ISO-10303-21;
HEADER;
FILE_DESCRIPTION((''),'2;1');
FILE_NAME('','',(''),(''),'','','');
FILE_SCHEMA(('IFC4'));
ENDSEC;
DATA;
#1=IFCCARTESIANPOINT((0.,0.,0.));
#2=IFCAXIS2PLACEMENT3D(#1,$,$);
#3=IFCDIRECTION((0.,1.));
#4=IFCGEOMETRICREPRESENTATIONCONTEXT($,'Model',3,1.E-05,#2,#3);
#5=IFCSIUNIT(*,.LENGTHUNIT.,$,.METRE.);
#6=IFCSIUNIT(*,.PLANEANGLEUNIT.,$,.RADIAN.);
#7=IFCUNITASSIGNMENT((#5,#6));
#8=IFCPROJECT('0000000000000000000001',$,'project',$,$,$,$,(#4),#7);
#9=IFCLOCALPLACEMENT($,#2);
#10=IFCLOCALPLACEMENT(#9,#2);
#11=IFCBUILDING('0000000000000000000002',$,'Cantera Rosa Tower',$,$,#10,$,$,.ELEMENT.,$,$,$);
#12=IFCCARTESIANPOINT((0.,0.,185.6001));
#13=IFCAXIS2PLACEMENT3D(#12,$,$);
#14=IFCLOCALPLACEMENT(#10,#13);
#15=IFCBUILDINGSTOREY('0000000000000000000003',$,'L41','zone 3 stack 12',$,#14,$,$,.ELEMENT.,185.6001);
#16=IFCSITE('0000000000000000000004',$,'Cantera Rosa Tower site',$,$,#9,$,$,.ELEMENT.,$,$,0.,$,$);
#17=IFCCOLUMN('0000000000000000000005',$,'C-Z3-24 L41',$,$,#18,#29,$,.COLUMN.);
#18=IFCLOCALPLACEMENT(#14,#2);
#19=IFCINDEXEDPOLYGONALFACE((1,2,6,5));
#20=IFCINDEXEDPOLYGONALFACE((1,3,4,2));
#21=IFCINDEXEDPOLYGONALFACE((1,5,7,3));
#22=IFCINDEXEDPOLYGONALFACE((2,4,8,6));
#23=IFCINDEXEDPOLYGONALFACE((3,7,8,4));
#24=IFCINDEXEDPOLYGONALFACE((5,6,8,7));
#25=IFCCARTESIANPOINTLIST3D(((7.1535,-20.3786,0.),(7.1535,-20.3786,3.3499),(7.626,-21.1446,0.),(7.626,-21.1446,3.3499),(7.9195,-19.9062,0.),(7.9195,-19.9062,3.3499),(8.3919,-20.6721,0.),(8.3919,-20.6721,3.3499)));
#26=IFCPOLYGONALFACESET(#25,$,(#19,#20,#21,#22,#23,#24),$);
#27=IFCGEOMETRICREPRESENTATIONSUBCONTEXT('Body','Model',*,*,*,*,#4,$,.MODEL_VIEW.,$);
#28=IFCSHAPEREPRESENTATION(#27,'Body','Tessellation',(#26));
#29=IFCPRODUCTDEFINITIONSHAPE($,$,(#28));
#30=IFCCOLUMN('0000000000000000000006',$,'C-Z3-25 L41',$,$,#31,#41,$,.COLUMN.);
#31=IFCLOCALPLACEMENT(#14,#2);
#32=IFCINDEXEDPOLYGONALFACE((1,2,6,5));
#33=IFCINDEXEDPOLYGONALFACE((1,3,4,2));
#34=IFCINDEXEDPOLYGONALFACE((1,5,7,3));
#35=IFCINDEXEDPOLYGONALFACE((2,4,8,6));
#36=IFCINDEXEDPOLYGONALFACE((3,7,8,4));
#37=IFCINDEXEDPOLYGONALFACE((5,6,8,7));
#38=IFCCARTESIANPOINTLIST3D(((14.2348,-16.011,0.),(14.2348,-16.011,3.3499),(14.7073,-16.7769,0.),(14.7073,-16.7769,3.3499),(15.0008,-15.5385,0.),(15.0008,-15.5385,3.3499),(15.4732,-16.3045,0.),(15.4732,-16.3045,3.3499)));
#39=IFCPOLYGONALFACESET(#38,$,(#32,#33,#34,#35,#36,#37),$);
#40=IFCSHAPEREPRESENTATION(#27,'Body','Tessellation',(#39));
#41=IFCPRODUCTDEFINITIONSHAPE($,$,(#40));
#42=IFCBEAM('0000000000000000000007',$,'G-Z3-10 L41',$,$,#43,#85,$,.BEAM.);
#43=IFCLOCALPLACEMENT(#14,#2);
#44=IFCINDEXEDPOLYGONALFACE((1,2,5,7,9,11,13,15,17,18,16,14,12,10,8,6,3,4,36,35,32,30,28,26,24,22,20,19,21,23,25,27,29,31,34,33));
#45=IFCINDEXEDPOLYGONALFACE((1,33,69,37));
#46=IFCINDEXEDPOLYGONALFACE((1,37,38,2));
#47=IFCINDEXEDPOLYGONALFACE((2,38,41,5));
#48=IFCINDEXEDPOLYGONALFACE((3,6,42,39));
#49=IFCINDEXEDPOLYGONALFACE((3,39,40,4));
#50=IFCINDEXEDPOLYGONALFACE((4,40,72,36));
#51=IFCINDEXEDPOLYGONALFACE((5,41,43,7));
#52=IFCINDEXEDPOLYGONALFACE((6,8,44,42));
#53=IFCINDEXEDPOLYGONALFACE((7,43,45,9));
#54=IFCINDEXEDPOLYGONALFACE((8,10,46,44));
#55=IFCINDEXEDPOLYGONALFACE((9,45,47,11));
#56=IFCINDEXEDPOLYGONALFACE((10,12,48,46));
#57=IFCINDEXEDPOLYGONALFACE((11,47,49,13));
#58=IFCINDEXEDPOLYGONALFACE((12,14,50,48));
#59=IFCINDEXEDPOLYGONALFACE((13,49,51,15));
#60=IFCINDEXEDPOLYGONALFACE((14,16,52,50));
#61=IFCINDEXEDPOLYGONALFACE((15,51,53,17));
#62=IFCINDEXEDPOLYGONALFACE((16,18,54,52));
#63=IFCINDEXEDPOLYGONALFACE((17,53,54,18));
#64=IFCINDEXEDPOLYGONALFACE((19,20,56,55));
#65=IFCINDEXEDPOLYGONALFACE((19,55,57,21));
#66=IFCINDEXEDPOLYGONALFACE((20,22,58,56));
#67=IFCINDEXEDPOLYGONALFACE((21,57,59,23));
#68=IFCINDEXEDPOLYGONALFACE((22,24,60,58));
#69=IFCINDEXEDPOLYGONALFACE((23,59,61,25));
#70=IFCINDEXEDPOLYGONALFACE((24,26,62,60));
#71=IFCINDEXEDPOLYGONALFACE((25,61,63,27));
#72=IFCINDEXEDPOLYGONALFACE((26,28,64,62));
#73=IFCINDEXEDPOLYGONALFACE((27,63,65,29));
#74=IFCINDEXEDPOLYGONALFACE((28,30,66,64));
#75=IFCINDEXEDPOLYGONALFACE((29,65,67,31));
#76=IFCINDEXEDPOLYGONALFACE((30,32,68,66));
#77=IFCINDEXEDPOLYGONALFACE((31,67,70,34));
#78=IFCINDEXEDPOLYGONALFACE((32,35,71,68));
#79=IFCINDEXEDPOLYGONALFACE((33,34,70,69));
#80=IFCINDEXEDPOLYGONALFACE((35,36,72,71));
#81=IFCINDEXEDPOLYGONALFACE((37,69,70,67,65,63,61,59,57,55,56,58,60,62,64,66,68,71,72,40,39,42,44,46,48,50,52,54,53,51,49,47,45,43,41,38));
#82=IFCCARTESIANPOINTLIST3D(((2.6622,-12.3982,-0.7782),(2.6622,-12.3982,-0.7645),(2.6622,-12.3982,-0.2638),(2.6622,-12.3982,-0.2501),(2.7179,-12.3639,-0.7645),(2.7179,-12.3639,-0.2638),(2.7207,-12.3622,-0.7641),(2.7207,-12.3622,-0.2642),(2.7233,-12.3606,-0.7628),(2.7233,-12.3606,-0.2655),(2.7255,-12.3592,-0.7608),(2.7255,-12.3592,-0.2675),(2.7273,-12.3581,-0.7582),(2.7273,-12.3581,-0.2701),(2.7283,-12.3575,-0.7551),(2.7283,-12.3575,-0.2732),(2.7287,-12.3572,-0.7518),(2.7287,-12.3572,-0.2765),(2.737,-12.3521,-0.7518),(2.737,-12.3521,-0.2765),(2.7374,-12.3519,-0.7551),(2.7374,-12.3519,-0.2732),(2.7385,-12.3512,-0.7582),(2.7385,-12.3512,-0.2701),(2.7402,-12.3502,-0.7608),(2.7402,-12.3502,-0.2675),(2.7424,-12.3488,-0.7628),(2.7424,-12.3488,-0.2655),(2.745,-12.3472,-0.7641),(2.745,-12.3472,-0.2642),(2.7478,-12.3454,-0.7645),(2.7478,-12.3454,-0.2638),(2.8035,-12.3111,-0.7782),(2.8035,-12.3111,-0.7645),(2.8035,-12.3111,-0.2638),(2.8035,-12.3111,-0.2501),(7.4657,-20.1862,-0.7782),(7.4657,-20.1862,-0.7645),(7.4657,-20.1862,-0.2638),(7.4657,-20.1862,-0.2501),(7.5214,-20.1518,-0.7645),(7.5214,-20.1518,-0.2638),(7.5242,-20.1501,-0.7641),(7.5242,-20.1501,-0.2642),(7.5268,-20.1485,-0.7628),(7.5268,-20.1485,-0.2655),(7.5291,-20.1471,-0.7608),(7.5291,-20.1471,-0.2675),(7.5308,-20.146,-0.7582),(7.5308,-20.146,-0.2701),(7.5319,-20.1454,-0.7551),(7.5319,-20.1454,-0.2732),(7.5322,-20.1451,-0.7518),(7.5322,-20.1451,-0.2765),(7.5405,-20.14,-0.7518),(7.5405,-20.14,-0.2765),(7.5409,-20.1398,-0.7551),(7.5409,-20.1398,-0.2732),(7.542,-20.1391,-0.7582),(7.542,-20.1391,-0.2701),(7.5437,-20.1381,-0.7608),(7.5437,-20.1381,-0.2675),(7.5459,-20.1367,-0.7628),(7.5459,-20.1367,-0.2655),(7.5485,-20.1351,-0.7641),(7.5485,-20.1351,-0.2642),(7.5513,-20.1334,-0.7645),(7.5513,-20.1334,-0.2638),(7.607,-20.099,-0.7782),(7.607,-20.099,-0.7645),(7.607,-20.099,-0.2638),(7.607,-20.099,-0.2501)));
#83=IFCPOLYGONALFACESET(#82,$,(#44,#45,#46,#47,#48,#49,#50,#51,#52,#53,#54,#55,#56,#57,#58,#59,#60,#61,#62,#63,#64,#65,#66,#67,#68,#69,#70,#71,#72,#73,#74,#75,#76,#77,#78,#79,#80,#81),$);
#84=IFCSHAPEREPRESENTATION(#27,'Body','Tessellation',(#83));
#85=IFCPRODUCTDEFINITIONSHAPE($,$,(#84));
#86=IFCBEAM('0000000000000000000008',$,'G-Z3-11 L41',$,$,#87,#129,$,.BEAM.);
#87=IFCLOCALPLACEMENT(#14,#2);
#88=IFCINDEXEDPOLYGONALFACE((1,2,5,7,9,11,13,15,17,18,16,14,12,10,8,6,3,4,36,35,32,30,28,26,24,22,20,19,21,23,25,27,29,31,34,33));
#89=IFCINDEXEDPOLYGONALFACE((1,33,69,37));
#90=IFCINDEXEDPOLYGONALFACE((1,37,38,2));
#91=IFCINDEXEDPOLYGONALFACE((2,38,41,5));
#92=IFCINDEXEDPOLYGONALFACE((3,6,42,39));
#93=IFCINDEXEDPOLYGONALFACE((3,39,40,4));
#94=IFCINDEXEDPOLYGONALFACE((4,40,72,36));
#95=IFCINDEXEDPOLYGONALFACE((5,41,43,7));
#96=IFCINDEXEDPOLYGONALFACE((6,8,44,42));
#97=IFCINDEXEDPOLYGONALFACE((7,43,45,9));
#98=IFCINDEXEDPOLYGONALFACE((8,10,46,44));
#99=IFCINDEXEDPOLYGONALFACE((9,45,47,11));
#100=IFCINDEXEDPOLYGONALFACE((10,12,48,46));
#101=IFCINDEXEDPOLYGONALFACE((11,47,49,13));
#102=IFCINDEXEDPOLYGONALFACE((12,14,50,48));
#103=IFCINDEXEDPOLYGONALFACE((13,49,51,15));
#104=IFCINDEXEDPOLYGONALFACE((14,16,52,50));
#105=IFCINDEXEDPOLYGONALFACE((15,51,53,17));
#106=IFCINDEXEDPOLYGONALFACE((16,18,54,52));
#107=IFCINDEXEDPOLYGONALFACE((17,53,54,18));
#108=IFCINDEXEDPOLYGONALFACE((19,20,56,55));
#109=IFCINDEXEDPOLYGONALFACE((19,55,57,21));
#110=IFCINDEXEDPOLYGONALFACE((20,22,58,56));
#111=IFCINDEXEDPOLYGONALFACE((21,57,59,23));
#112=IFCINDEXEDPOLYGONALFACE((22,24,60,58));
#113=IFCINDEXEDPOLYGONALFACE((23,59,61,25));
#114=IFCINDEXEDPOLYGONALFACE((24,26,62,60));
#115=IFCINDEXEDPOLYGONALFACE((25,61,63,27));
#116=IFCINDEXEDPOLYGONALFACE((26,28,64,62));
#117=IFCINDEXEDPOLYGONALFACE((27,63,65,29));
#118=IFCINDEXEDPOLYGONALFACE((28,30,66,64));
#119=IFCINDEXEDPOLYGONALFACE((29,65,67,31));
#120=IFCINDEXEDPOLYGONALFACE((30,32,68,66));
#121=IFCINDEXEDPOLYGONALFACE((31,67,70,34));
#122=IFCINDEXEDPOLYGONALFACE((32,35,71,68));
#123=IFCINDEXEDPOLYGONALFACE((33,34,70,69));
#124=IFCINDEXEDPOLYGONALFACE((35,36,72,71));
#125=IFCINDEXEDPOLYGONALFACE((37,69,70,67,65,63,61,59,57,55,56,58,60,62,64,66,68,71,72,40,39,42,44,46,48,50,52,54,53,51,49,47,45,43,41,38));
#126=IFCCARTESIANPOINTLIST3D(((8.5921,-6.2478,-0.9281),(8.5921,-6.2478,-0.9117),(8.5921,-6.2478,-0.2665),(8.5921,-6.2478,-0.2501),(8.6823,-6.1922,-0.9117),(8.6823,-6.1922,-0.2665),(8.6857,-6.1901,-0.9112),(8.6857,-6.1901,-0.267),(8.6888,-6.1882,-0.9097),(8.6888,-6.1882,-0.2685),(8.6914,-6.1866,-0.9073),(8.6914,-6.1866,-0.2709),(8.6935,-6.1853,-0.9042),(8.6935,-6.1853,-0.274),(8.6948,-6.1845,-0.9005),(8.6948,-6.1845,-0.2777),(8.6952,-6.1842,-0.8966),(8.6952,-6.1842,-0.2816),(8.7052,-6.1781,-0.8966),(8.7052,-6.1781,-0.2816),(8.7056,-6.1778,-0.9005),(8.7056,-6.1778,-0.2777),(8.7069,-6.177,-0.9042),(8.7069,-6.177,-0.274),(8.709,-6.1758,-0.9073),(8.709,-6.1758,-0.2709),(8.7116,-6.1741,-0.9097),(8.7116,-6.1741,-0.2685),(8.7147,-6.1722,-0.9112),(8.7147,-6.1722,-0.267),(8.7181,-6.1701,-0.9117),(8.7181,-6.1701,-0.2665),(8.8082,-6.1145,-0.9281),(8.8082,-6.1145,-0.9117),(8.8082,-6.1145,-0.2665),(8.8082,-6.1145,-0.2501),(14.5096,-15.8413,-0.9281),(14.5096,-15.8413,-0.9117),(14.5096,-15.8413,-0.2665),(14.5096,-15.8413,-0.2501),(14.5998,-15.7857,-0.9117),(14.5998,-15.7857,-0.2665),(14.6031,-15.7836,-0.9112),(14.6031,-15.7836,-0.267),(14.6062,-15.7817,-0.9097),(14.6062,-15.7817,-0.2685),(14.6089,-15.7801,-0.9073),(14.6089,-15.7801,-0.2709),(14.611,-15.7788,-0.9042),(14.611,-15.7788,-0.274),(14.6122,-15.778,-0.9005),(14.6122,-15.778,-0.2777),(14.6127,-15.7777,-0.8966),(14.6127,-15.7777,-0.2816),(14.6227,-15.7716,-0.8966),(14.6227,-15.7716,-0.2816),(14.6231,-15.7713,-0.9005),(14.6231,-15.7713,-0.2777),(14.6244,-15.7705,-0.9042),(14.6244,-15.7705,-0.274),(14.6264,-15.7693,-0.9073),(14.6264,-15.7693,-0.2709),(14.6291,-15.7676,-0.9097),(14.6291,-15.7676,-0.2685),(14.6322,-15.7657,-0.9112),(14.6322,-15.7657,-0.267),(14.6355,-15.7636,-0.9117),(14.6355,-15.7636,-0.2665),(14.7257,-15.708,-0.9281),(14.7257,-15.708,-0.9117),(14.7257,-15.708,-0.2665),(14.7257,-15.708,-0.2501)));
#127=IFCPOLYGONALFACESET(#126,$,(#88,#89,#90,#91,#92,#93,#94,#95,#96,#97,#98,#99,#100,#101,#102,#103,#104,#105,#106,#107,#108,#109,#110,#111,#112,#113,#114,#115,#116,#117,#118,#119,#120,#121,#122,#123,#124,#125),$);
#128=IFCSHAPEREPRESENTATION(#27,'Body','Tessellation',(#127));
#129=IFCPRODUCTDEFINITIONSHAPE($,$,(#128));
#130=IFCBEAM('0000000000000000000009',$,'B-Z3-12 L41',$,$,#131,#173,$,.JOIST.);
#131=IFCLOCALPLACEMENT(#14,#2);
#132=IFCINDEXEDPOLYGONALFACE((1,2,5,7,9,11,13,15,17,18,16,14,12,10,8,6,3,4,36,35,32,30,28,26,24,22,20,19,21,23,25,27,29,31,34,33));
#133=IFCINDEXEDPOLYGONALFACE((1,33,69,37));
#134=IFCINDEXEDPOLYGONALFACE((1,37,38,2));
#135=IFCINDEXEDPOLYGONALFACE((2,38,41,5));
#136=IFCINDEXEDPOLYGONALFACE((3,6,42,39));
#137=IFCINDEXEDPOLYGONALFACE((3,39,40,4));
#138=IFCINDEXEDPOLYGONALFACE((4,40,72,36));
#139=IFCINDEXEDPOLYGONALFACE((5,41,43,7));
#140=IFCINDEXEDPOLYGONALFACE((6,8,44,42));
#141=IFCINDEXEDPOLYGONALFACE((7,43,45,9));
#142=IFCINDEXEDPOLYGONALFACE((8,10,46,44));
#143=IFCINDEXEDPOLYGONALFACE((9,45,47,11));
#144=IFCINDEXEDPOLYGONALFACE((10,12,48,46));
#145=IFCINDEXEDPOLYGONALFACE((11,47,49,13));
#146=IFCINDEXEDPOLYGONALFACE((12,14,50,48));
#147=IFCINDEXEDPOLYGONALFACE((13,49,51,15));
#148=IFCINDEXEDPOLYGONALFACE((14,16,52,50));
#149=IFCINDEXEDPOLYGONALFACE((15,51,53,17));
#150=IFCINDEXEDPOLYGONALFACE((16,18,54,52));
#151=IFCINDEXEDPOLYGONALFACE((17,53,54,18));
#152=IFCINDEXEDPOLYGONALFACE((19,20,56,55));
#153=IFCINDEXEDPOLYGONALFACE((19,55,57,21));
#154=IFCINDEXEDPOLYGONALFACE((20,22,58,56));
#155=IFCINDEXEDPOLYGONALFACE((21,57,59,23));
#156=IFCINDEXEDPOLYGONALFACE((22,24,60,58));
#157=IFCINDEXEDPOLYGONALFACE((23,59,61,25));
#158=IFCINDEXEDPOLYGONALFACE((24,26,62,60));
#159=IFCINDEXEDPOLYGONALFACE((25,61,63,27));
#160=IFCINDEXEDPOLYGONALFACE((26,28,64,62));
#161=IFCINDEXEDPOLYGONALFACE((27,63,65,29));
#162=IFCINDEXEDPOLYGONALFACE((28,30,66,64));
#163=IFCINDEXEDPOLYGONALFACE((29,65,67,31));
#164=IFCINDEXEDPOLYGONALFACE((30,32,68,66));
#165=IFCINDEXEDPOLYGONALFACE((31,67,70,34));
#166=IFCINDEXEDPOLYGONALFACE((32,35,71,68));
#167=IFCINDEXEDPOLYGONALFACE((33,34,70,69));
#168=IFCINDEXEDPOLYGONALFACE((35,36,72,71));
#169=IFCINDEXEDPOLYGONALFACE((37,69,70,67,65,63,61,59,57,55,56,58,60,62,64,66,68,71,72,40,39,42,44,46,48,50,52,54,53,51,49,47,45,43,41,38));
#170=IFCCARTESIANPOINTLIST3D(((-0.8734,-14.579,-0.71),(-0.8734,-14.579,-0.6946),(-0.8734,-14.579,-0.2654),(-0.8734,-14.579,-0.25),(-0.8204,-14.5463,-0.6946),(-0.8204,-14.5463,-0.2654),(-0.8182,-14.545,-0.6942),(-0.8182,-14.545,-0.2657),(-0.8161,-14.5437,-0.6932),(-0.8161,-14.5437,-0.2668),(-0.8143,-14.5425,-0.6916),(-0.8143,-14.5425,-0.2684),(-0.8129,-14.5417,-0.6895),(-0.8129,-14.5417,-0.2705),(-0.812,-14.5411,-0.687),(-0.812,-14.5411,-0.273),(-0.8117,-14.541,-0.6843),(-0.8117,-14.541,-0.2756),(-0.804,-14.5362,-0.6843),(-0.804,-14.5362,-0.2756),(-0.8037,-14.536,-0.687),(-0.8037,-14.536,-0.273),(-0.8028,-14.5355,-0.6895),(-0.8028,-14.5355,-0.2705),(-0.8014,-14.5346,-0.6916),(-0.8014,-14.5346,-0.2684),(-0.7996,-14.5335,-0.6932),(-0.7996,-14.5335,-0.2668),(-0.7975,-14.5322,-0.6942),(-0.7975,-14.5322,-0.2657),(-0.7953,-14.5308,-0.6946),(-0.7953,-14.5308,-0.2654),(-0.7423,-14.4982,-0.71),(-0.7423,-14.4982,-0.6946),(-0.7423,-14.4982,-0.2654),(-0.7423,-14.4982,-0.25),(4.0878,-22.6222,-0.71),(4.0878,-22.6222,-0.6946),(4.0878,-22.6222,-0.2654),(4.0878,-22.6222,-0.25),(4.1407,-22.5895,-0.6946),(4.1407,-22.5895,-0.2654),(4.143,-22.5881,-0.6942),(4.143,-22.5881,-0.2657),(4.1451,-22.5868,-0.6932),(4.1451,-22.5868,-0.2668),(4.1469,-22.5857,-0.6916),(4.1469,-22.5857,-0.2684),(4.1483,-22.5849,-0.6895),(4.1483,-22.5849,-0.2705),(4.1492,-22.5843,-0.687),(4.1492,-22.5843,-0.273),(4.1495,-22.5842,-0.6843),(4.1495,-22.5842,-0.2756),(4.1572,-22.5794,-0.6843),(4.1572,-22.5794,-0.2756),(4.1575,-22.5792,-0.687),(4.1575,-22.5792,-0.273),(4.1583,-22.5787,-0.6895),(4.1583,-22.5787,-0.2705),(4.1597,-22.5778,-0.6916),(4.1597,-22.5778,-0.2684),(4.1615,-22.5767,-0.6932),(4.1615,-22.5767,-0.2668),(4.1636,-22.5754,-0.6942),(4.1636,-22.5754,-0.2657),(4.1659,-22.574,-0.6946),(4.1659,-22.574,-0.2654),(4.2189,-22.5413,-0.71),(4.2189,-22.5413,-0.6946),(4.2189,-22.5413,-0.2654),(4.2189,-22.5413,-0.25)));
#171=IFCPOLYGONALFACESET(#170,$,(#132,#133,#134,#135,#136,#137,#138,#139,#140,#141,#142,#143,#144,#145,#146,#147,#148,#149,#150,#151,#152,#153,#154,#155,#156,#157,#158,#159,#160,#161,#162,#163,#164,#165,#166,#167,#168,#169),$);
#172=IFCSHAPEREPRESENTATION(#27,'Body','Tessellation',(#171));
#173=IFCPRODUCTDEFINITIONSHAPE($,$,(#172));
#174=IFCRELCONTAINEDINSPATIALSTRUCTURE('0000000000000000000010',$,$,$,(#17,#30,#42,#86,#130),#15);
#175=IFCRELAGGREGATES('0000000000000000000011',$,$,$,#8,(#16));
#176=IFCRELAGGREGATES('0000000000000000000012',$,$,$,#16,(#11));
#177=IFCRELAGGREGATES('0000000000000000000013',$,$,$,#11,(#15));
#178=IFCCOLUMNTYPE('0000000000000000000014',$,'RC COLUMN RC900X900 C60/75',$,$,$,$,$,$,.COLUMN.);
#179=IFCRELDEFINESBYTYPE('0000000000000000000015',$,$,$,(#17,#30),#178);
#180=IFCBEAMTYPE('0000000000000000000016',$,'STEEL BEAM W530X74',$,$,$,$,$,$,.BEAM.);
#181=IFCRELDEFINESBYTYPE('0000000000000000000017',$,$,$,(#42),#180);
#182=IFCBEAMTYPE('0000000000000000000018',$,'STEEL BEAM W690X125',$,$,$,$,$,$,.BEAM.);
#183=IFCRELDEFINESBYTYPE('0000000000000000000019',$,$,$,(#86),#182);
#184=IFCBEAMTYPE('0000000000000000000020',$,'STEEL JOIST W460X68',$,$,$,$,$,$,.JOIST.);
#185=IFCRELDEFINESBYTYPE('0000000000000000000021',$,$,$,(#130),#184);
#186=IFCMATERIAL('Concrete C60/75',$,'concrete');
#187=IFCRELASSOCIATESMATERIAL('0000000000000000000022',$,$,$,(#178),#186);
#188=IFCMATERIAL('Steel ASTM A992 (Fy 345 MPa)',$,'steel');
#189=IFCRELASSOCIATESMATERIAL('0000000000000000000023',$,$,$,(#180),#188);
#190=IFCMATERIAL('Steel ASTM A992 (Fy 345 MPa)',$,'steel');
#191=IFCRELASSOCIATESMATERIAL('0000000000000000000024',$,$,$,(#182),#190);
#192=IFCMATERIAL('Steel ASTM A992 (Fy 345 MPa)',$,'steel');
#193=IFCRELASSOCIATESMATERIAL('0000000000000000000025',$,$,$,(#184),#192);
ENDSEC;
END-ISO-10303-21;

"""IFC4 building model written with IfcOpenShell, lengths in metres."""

from ifc_helpers import new_model, si_unit, direction, frame, origin, origin_2d, place, context, subcontext, project, spatial, rectangle, i_section, extrude, material, material_profile, profile_set, type_object, element, save


model = new_model("IFC4")

# Units and contexts
model_context = context("Model", 3, precision=1e-05, world=origin(), true_north=direction((0.0, 1.0)))
body_context = subcontext(model_context, "Body", "Model", "MODEL_VIEW")
ifc_project = project(units=[si_unit("LENGTHUNIT", "METRE"), si_unit("PLANEANGLEUNIT", "RADIAN")], contexts=[model_context])

# Site, building, storey
site_placement = place(None, origin())
site = spatial("IfcSite", under=ifc_project, at=site_placement, Name="Cantera Rosa Tower site", CompositionType="ELEMENT", RefElevation=0.0)
building_placement = place(site_placement, origin())
building = spatial("IfcBuilding", under=site, at=building_placement, Name="Cantera Rosa Tower", CompositionType="ELEMENT")
storey_placement = place(building_placement, frame((0.0, 0.0, 185.6001)))
storey = spatial("IfcBuildingStorey", under=building, at=storey_placement, Name="L41", Description="zone 3 stack 12", CompositionType="ELEMENT", Elevation=185.6001)

# Columns
ifc_material_1 = material(Name="Concrete C60/75", Category="concrete")
ifc_material_profile_1 = material_profile(ifc_material_1, rectangle(XDim=0.8999, YDim=0.8999, at=origin_2d()), Name="RC COLUMN RC900X900 C60/75")
ifc_profile_set_1 = profile_set([ifc_material_profile_1], Name="Concrete C60/75")
column_type = type_object("IfcColumnType", Name="RC COLUMN RC900X900 C60/75", PredefinedType="COLUMN", material=ifc_profile_set_1)
for number, where, z_axis, x_axis, name in (
    (1, (7.7727, -20.5254, 0.0), (0.0, 0.0, 1.0), (0.851117, 0.524977, 0.0), "C-Z3-24 L41"),
    (2, (14.854, -16.1577, 0.0), (0.0, 0.0, 1.0), (0.851117, 0.524977, 0.0), "C-Z3-25 L41"),
):
    element("IfcColumn", number, at=place(storey_placement, frame(where, z_axis=z_axis, x_axis=x_axis)), inside=storey, type_object=column_type, Name=name, PredefinedType="COLUMN", context=body_context, shape_type="SweptSolid", body=[
        extrude(rectangle(XDim=0.8999, YDim=0.8999, at=origin_2d()), origin(), (0.0, 0.0, 1.0), 3.3499),
    ])

# Beams
ifc_material_2 = material(Name="Steel ASTM A992 (Fy 345 MPa)", Category="steel")
ifc_material_profile_2 = material_profile(ifc_material_2, i_section(OverallWidth=0.166, OverallDepth=0.5281, WebThickness=0.0098, FlangeThickness=0.0137, FilletRadius=0.0127, at=origin_2d()), Name="W530X74")
ifc_profile_set_2 = profile_set([ifc_material_profile_2], Name="Steel ASTM A992 (Fy 345 MPa)")
beam_type_1 = type_object("IfcBeamType", Name="STEEL BEAM W530X74", PredefinedType="BEAM", material=ifc_profile_set_2)
beam_1_placement = place(storey_placement, frame((7.5364, -20.1426, -0.5142), z_axis=(-0.524965, 0.851124, 0.0), x_axis=(-0.851124, -0.524965, 0.0)))
element("IfcBeam", 3, at=beam_1_placement, inside=storey, type_object=beam_type_1, Name="G-Z3-10 L41", PredefinedType="BEAM", context=body_context, shape_type="SweptSolid", body=[
    extrude(i_section(OverallWidth=0.166, OverallDepth=0.5281, WebThickness=0.0098, FlangeThickness=0.0137, FilletRadius=0.0127, at=origin_2d()), origin(), (0.0, 0.0, 1.0), 9.1501),
])
ifc_material_3 = material(Name="Steel ASTM A992 (Fy 345 MPa)", Category="steel")
ifc_material_profile_3 = material_profile(ifc_material_3, i_section(OverallWidth=0.2539, OverallDepth=0.678, WebThickness=0.0117, FlangeThickness=0.0164, FilletRadius=0.0151, at=origin_2d()), Name="W690X125")
ifc_profile_set_3 = profile_set([ifc_material_profile_3], Name="Steel ASTM A992 (Fy 345 MPa)")
beam_type_2 = type_object("IfcBeamType", Name="STEEL BEAM W690X125", PredefinedType="BEAM", material=ifc_profile_set_3)
beam_2_placement = place(storey_placement, frame((14.6177, -15.7747, -0.5891), z_axis=(-0.524984, 0.851112, 0.0), x_axis=(-0.851112, -0.524984, 0.0)))
element("IfcBeam", 4, at=beam_2_placement, inside=storey, type_object=beam_type_2, Name="G-Z3-11 L41", PredefinedType="BEAM", context=body_context, shape_type="SweptSolid", body=[
    extrude(i_section(OverallWidth=0.2539, OverallDepth=0.678, WebThickness=0.0117, FlangeThickness=0.0164, FilletRadius=0.0151, at=origin_2d()), origin(), (0.0, 0.0, 1.0), 11.2717),
])
ifc_material_4 = material(Name="Steel ASTM A992 (Fy 345 MPa)", Category="steel")
ifc_material_profile_4 = material_profile(ifc_material_4, i_section(OverallWidth=0.1541, OverallDepth=0.46, WebThickness=0.009, FlangeThickness=0.0154, FilletRadius=0.0103, at=origin_2d()), Name="W460X68")
ifc_profile_set_4 = profile_set([ifc_material_profile_4], Name="Steel ASTM A992 (Fy 345 MPa)")
beam_type_3 = type_object("IfcBeamType", Name="STEEL JOIST W460X68", PredefinedType="JOIST", material=ifc_profile_set_4)
beam_3_placement = place(storey_placement, frame((4.1533, -22.5818, -0.48), z_axis=(-0.524981, 0.851114, 0.0), x_axis=(-0.851114, -0.524981, 0.0)))
element("IfcBeam", 5, at=beam_3_placement, inside=storey, type_object=beam_type_3, Name="B-Z3-12 L41", PredefinedType="JOIST", context=body_context, shape_type="SweptSolid", body=[
    extrude(i_section(OverallWidth=0.1541, OverallDepth=0.46, WebThickness=0.009, FlangeThickness=0.0154, FilletRadius=0.0103, at=origin_2d()), origin(), (0.0, 0.0, 1.0), 9.4502),
])

save(model, "model.ifc")
